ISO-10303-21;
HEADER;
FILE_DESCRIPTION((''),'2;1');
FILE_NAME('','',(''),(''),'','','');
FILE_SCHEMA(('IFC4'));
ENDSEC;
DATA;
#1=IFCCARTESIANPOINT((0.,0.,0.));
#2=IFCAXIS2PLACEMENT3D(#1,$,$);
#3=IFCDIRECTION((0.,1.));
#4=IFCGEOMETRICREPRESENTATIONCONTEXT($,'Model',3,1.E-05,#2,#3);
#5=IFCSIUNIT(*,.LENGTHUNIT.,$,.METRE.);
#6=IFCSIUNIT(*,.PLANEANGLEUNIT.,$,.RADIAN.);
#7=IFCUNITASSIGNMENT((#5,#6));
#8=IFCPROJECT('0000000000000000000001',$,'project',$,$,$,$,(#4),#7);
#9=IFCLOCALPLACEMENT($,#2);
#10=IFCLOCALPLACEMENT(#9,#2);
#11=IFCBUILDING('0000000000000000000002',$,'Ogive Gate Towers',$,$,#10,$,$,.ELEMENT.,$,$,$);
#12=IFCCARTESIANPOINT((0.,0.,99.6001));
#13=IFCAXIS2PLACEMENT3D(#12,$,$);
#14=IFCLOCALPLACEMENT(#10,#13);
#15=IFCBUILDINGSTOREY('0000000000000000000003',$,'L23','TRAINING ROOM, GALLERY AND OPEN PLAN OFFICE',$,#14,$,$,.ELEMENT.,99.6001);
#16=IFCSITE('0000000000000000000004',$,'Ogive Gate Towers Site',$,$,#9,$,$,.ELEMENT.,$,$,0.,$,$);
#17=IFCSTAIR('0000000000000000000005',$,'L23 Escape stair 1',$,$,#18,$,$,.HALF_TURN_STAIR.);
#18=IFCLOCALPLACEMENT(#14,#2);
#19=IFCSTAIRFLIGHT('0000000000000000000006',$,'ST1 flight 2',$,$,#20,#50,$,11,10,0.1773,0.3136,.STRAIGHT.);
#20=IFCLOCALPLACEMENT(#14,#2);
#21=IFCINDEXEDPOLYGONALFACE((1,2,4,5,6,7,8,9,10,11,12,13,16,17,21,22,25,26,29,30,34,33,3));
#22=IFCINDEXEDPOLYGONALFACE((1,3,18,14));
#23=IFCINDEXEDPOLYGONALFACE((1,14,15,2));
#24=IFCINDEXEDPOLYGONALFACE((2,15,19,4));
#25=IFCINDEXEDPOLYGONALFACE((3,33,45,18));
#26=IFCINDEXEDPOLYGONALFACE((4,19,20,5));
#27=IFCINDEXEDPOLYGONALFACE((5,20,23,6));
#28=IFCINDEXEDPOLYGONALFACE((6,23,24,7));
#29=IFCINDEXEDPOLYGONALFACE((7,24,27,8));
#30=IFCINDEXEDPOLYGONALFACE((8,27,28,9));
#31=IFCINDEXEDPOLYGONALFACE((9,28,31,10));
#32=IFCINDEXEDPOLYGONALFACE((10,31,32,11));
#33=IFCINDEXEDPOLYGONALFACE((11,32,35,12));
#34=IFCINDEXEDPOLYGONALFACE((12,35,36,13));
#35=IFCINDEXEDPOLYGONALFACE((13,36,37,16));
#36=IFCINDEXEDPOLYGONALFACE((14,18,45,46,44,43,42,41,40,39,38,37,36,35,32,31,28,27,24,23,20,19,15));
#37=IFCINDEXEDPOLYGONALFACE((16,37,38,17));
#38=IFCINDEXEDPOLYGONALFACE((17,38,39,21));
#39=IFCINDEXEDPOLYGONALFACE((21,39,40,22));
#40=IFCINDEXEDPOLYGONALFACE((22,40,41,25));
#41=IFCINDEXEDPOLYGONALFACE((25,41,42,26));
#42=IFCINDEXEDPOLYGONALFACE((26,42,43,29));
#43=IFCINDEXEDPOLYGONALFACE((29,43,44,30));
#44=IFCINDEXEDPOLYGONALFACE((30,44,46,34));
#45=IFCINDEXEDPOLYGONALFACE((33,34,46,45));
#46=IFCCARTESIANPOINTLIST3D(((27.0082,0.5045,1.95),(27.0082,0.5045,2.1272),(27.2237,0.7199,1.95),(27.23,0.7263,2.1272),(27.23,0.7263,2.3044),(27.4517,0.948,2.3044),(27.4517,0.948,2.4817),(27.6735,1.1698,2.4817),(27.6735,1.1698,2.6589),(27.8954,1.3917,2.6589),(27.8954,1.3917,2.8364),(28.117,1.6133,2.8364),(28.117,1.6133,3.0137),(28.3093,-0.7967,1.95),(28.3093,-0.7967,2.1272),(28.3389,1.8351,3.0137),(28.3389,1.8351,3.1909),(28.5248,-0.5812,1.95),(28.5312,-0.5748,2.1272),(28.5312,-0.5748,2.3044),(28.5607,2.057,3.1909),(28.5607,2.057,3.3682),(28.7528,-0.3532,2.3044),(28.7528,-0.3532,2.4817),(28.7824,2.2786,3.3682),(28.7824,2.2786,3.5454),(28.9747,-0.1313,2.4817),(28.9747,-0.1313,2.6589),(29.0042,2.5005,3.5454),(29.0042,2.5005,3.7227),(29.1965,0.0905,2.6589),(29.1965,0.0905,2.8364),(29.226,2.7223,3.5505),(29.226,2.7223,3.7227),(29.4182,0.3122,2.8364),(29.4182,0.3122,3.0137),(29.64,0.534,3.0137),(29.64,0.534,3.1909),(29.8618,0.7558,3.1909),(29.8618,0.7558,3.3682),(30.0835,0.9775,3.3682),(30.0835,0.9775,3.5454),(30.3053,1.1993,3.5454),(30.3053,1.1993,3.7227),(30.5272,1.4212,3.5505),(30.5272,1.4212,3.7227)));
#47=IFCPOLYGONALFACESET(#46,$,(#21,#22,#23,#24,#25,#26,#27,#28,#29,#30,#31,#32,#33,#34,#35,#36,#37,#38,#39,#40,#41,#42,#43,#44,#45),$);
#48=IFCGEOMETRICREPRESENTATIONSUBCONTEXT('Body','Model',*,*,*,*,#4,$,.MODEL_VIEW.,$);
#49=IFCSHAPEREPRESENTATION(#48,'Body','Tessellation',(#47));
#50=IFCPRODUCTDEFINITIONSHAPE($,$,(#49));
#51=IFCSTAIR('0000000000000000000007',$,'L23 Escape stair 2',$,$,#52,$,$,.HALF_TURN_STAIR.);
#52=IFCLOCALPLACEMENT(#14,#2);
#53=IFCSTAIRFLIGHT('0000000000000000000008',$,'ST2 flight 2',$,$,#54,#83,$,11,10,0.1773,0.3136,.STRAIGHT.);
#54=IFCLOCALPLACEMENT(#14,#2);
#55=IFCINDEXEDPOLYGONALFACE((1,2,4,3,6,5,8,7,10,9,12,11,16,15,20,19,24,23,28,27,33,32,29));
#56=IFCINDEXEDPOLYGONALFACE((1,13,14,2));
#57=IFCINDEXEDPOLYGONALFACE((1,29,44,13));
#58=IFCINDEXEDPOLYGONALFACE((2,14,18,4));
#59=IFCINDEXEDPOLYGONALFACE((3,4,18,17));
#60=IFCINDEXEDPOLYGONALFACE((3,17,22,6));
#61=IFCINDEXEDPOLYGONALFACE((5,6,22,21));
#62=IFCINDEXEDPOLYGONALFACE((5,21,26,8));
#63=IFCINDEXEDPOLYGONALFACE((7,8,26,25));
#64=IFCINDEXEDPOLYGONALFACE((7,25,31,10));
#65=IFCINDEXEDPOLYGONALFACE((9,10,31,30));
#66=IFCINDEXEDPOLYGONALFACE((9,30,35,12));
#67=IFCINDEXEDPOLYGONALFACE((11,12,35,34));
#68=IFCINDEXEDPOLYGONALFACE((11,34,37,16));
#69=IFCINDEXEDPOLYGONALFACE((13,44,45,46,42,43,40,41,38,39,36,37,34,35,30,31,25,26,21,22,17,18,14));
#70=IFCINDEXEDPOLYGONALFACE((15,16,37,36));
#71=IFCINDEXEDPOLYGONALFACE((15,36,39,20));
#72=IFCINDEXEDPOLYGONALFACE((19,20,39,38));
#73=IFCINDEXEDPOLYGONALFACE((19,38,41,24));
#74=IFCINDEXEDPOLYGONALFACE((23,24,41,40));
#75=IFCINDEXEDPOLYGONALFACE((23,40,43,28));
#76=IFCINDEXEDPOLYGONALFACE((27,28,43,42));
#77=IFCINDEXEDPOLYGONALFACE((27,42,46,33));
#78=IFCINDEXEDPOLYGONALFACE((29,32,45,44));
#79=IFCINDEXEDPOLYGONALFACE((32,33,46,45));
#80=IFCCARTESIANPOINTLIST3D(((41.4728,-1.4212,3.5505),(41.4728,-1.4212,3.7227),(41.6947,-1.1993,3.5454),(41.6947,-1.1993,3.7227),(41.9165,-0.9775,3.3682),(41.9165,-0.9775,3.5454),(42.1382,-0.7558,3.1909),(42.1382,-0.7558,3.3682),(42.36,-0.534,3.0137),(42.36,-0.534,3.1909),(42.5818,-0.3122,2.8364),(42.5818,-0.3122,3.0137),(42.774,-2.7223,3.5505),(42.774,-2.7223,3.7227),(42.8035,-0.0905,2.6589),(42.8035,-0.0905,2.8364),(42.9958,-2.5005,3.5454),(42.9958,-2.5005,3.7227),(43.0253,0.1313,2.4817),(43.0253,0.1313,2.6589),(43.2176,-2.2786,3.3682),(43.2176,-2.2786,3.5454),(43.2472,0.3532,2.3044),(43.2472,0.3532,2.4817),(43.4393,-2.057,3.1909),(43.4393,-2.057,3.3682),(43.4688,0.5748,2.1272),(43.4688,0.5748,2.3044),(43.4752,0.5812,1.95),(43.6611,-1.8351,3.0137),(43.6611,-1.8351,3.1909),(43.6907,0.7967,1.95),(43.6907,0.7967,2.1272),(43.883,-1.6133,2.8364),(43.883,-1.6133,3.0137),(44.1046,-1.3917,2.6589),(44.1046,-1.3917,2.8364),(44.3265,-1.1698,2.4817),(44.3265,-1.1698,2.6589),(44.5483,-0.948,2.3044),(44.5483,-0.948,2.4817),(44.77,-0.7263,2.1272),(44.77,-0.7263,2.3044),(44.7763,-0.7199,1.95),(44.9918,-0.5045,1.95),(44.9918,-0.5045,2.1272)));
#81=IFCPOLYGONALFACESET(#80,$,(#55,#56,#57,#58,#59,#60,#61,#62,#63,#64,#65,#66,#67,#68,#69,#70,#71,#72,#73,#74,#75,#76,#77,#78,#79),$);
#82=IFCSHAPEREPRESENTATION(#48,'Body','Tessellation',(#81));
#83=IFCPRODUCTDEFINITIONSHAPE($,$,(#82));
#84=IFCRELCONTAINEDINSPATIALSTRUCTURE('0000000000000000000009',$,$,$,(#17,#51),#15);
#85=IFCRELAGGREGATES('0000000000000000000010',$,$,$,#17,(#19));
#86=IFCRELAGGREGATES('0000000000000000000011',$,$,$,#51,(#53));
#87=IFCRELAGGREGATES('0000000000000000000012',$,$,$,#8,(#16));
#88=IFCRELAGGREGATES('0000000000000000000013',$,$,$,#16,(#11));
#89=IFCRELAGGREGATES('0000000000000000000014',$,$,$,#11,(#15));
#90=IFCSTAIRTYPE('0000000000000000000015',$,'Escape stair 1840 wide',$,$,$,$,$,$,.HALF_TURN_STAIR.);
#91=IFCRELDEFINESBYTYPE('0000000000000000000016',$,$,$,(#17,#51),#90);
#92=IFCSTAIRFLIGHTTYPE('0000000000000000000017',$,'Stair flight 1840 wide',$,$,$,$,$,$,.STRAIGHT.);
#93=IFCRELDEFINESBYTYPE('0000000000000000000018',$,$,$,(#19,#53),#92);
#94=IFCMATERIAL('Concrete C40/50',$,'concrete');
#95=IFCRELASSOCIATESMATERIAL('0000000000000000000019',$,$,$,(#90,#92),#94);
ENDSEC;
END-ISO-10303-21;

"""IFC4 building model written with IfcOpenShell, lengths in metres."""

from ifc_helpers import new_model, si_unit, direction, frame, origin, place, context, subcontext, project, spatial, polyline, outline, extrude, material, type_object, element, aggregate, save


model = new_model("IFC4")

# Units and contexts
model_context = context("Model", 3, precision=1e-05, world=origin(), true_north=direction((0.0, 1.0)))
body_context = subcontext(model_context, "Body", "Model", "MODEL_VIEW")
ifc_project = project(units=[si_unit("LENGTHUNIT", "METRE"), si_unit("PLANEANGLEUNIT", "RADIAN")], contexts=[model_context])

# Site, building, storey
site_placement = place(None, origin())
site = spatial("IfcSite", under=ifc_project, at=site_placement, Name="Ogive Gate Towers Site", CompositionType="ELEMENT", RefElevation=0.0)
building_placement = place(site_placement, origin())
building = spatial("IfcBuilding", under=site, at=building_placement, Name="Ogive Gate Towers", CompositionType="ELEMENT")
storey_placement = place(building_placement, frame((0.0, 0.0, 99.6001)))
storey = spatial("IfcBuildingStorey", under=building, at=storey_placement, Name="L23", Description="TRAINING ROOM, GALLERY AND OPEN PLAN OFFICE", CompositionType="ELEMENT", Elevation=99.6001)

# Stair, stair flight
ifc_material_1 = material(Name="Concrete C40/50", Category="concrete")
stair_type = type_object("IfcStairType", Name="Escape stair 1840 wide", PredefinedType="HALF_TURN_STAIR", material=ifc_material_1)
stair_1_placement = place(storey_placement, origin())
stair_1 = element("IfcStair", 1, at=stair_1_placement, inside=storey, type_object=stair_type, Name="L23 Escape stair 1", PredefinedType="HALF_TURN_STAIR")
stair_flight_type = type_object("IfcStairFlightType", Name="Stair flight 1840 wide", PredefinedType="STRAIGHT", material=ifc_material_1)
stair_flight_1_placement = place(storey_placement, frame((27.6587, -0.146, 1.95), z_axis=(0.0, 0.0, 1.0), x_axis=(0.707107, 0.707107, 0.0)))
stair_flight_1 = element("IfcStairFlight", 2, at=stair_flight_1_placement, type_object=stair_flight_type, Name="ST1 flight 2", NumberOfRisers=11, NumberOfTreads=10, PredefinedType="STRAIGHT", RiserHeight=0.1773, TreadLength=0.3136, context=body_context, shape_type="SweptSolid", body=[
    extrude(outline(polyline([(0.0, 0.0), (0.0, 0.1772), (0.3137, 0.1772), (0.3137, 0.3545), (0.6272, 0.3545), (0.6272, 0.5317), (0.9409, 0.5317), (0.9409, 0.709), (1.2546, 0.709), (1.2546, 0.8865), (1.5681, 0.8865), (1.5681, 1.0637), (1.8818, 1.0637), (1.8818, 1.241), (2.1956, 1.241), (2.1956, 1.4182), (2.509, 1.4182), (2.509, 1.5955), (2.8228, 1.5955), (2.8228, 1.7727), (3.1365, 1.7727), (3.1365, 1.95), (3.1365, 1.6006), (0.3047, 0.0), (0.0, 0.0)])), frame((0.0, 0.9199, 0.0), z_axis=(0.0, -1.0, 0.0), x_axis=(1.0, 0.0, 0.0)), (0.0, 0.0, 1.0), 1.8401),
])
aggregate(stair_1, [stair_flight_1])

# Stair, stair flight
stair_2_placement = place(storey_placement, origin())
stair_2 = element("IfcStair", 3, at=stair_2_placement, inside=storey, type_object=stair_type, Name="L23 Escape stair 2", PredefinedType="HALF_TURN_STAIR")
stair_flight_2_placement = place(storey_placement, frame((44.3413, 0.146, 1.95), z_axis=(0.0, 0.0, 1.0), x_axis=(-0.707107, -0.707107, 0.0)))
stair_flight_2 = element("IfcStairFlight", 4, at=stair_flight_2_placement, type_object=stair_flight_type, Name="ST2 flight 2", NumberOfRisers=11, NumberOfTreads=10, PredefinedType="STRAIGHT", RiserHeight=0.1773, TreadLength=0.3136, context=body_context, shape_type="SweptSolid", body=[
    extrude(outline(polyline([(0.0, 0.0), (0.0, 0.1772), (0.3137, 0.1772), (0.3137, 0.3545), (0.6272, 0.3545), (0.6272, 0.5317), (0.9409, 0.5317), (0.9409, 0.709), (1.2546, 0.709), (1.2546, 0.8865), (1.5681, 0.8865), (1.5681, 1.0637), (1.8818, 1.0637), (1.8818, 1.241), (2.1956, 1.241), (2.1956, 1.4182), (2.509, 1.4182), (2.509, 1.5955), (2.8228, 1.5955), (2.8228, 1.7727), (3.1365, 1.7727), (3.1365, 1.95), (3.1365, 1.6006), (0.3047, 0.0), (0.0, 0.0)])), frame((0.0, 0.9199, 0.0), z_axis=(0.0, -1.0, 0.0), x_axis=(1.0, 0.0, 0.0)), (0.0, 0.0, 1.0), 1.8401),
])
aggregate(stair_2, [stair_flight_2])

save(model, "model.ifc")
